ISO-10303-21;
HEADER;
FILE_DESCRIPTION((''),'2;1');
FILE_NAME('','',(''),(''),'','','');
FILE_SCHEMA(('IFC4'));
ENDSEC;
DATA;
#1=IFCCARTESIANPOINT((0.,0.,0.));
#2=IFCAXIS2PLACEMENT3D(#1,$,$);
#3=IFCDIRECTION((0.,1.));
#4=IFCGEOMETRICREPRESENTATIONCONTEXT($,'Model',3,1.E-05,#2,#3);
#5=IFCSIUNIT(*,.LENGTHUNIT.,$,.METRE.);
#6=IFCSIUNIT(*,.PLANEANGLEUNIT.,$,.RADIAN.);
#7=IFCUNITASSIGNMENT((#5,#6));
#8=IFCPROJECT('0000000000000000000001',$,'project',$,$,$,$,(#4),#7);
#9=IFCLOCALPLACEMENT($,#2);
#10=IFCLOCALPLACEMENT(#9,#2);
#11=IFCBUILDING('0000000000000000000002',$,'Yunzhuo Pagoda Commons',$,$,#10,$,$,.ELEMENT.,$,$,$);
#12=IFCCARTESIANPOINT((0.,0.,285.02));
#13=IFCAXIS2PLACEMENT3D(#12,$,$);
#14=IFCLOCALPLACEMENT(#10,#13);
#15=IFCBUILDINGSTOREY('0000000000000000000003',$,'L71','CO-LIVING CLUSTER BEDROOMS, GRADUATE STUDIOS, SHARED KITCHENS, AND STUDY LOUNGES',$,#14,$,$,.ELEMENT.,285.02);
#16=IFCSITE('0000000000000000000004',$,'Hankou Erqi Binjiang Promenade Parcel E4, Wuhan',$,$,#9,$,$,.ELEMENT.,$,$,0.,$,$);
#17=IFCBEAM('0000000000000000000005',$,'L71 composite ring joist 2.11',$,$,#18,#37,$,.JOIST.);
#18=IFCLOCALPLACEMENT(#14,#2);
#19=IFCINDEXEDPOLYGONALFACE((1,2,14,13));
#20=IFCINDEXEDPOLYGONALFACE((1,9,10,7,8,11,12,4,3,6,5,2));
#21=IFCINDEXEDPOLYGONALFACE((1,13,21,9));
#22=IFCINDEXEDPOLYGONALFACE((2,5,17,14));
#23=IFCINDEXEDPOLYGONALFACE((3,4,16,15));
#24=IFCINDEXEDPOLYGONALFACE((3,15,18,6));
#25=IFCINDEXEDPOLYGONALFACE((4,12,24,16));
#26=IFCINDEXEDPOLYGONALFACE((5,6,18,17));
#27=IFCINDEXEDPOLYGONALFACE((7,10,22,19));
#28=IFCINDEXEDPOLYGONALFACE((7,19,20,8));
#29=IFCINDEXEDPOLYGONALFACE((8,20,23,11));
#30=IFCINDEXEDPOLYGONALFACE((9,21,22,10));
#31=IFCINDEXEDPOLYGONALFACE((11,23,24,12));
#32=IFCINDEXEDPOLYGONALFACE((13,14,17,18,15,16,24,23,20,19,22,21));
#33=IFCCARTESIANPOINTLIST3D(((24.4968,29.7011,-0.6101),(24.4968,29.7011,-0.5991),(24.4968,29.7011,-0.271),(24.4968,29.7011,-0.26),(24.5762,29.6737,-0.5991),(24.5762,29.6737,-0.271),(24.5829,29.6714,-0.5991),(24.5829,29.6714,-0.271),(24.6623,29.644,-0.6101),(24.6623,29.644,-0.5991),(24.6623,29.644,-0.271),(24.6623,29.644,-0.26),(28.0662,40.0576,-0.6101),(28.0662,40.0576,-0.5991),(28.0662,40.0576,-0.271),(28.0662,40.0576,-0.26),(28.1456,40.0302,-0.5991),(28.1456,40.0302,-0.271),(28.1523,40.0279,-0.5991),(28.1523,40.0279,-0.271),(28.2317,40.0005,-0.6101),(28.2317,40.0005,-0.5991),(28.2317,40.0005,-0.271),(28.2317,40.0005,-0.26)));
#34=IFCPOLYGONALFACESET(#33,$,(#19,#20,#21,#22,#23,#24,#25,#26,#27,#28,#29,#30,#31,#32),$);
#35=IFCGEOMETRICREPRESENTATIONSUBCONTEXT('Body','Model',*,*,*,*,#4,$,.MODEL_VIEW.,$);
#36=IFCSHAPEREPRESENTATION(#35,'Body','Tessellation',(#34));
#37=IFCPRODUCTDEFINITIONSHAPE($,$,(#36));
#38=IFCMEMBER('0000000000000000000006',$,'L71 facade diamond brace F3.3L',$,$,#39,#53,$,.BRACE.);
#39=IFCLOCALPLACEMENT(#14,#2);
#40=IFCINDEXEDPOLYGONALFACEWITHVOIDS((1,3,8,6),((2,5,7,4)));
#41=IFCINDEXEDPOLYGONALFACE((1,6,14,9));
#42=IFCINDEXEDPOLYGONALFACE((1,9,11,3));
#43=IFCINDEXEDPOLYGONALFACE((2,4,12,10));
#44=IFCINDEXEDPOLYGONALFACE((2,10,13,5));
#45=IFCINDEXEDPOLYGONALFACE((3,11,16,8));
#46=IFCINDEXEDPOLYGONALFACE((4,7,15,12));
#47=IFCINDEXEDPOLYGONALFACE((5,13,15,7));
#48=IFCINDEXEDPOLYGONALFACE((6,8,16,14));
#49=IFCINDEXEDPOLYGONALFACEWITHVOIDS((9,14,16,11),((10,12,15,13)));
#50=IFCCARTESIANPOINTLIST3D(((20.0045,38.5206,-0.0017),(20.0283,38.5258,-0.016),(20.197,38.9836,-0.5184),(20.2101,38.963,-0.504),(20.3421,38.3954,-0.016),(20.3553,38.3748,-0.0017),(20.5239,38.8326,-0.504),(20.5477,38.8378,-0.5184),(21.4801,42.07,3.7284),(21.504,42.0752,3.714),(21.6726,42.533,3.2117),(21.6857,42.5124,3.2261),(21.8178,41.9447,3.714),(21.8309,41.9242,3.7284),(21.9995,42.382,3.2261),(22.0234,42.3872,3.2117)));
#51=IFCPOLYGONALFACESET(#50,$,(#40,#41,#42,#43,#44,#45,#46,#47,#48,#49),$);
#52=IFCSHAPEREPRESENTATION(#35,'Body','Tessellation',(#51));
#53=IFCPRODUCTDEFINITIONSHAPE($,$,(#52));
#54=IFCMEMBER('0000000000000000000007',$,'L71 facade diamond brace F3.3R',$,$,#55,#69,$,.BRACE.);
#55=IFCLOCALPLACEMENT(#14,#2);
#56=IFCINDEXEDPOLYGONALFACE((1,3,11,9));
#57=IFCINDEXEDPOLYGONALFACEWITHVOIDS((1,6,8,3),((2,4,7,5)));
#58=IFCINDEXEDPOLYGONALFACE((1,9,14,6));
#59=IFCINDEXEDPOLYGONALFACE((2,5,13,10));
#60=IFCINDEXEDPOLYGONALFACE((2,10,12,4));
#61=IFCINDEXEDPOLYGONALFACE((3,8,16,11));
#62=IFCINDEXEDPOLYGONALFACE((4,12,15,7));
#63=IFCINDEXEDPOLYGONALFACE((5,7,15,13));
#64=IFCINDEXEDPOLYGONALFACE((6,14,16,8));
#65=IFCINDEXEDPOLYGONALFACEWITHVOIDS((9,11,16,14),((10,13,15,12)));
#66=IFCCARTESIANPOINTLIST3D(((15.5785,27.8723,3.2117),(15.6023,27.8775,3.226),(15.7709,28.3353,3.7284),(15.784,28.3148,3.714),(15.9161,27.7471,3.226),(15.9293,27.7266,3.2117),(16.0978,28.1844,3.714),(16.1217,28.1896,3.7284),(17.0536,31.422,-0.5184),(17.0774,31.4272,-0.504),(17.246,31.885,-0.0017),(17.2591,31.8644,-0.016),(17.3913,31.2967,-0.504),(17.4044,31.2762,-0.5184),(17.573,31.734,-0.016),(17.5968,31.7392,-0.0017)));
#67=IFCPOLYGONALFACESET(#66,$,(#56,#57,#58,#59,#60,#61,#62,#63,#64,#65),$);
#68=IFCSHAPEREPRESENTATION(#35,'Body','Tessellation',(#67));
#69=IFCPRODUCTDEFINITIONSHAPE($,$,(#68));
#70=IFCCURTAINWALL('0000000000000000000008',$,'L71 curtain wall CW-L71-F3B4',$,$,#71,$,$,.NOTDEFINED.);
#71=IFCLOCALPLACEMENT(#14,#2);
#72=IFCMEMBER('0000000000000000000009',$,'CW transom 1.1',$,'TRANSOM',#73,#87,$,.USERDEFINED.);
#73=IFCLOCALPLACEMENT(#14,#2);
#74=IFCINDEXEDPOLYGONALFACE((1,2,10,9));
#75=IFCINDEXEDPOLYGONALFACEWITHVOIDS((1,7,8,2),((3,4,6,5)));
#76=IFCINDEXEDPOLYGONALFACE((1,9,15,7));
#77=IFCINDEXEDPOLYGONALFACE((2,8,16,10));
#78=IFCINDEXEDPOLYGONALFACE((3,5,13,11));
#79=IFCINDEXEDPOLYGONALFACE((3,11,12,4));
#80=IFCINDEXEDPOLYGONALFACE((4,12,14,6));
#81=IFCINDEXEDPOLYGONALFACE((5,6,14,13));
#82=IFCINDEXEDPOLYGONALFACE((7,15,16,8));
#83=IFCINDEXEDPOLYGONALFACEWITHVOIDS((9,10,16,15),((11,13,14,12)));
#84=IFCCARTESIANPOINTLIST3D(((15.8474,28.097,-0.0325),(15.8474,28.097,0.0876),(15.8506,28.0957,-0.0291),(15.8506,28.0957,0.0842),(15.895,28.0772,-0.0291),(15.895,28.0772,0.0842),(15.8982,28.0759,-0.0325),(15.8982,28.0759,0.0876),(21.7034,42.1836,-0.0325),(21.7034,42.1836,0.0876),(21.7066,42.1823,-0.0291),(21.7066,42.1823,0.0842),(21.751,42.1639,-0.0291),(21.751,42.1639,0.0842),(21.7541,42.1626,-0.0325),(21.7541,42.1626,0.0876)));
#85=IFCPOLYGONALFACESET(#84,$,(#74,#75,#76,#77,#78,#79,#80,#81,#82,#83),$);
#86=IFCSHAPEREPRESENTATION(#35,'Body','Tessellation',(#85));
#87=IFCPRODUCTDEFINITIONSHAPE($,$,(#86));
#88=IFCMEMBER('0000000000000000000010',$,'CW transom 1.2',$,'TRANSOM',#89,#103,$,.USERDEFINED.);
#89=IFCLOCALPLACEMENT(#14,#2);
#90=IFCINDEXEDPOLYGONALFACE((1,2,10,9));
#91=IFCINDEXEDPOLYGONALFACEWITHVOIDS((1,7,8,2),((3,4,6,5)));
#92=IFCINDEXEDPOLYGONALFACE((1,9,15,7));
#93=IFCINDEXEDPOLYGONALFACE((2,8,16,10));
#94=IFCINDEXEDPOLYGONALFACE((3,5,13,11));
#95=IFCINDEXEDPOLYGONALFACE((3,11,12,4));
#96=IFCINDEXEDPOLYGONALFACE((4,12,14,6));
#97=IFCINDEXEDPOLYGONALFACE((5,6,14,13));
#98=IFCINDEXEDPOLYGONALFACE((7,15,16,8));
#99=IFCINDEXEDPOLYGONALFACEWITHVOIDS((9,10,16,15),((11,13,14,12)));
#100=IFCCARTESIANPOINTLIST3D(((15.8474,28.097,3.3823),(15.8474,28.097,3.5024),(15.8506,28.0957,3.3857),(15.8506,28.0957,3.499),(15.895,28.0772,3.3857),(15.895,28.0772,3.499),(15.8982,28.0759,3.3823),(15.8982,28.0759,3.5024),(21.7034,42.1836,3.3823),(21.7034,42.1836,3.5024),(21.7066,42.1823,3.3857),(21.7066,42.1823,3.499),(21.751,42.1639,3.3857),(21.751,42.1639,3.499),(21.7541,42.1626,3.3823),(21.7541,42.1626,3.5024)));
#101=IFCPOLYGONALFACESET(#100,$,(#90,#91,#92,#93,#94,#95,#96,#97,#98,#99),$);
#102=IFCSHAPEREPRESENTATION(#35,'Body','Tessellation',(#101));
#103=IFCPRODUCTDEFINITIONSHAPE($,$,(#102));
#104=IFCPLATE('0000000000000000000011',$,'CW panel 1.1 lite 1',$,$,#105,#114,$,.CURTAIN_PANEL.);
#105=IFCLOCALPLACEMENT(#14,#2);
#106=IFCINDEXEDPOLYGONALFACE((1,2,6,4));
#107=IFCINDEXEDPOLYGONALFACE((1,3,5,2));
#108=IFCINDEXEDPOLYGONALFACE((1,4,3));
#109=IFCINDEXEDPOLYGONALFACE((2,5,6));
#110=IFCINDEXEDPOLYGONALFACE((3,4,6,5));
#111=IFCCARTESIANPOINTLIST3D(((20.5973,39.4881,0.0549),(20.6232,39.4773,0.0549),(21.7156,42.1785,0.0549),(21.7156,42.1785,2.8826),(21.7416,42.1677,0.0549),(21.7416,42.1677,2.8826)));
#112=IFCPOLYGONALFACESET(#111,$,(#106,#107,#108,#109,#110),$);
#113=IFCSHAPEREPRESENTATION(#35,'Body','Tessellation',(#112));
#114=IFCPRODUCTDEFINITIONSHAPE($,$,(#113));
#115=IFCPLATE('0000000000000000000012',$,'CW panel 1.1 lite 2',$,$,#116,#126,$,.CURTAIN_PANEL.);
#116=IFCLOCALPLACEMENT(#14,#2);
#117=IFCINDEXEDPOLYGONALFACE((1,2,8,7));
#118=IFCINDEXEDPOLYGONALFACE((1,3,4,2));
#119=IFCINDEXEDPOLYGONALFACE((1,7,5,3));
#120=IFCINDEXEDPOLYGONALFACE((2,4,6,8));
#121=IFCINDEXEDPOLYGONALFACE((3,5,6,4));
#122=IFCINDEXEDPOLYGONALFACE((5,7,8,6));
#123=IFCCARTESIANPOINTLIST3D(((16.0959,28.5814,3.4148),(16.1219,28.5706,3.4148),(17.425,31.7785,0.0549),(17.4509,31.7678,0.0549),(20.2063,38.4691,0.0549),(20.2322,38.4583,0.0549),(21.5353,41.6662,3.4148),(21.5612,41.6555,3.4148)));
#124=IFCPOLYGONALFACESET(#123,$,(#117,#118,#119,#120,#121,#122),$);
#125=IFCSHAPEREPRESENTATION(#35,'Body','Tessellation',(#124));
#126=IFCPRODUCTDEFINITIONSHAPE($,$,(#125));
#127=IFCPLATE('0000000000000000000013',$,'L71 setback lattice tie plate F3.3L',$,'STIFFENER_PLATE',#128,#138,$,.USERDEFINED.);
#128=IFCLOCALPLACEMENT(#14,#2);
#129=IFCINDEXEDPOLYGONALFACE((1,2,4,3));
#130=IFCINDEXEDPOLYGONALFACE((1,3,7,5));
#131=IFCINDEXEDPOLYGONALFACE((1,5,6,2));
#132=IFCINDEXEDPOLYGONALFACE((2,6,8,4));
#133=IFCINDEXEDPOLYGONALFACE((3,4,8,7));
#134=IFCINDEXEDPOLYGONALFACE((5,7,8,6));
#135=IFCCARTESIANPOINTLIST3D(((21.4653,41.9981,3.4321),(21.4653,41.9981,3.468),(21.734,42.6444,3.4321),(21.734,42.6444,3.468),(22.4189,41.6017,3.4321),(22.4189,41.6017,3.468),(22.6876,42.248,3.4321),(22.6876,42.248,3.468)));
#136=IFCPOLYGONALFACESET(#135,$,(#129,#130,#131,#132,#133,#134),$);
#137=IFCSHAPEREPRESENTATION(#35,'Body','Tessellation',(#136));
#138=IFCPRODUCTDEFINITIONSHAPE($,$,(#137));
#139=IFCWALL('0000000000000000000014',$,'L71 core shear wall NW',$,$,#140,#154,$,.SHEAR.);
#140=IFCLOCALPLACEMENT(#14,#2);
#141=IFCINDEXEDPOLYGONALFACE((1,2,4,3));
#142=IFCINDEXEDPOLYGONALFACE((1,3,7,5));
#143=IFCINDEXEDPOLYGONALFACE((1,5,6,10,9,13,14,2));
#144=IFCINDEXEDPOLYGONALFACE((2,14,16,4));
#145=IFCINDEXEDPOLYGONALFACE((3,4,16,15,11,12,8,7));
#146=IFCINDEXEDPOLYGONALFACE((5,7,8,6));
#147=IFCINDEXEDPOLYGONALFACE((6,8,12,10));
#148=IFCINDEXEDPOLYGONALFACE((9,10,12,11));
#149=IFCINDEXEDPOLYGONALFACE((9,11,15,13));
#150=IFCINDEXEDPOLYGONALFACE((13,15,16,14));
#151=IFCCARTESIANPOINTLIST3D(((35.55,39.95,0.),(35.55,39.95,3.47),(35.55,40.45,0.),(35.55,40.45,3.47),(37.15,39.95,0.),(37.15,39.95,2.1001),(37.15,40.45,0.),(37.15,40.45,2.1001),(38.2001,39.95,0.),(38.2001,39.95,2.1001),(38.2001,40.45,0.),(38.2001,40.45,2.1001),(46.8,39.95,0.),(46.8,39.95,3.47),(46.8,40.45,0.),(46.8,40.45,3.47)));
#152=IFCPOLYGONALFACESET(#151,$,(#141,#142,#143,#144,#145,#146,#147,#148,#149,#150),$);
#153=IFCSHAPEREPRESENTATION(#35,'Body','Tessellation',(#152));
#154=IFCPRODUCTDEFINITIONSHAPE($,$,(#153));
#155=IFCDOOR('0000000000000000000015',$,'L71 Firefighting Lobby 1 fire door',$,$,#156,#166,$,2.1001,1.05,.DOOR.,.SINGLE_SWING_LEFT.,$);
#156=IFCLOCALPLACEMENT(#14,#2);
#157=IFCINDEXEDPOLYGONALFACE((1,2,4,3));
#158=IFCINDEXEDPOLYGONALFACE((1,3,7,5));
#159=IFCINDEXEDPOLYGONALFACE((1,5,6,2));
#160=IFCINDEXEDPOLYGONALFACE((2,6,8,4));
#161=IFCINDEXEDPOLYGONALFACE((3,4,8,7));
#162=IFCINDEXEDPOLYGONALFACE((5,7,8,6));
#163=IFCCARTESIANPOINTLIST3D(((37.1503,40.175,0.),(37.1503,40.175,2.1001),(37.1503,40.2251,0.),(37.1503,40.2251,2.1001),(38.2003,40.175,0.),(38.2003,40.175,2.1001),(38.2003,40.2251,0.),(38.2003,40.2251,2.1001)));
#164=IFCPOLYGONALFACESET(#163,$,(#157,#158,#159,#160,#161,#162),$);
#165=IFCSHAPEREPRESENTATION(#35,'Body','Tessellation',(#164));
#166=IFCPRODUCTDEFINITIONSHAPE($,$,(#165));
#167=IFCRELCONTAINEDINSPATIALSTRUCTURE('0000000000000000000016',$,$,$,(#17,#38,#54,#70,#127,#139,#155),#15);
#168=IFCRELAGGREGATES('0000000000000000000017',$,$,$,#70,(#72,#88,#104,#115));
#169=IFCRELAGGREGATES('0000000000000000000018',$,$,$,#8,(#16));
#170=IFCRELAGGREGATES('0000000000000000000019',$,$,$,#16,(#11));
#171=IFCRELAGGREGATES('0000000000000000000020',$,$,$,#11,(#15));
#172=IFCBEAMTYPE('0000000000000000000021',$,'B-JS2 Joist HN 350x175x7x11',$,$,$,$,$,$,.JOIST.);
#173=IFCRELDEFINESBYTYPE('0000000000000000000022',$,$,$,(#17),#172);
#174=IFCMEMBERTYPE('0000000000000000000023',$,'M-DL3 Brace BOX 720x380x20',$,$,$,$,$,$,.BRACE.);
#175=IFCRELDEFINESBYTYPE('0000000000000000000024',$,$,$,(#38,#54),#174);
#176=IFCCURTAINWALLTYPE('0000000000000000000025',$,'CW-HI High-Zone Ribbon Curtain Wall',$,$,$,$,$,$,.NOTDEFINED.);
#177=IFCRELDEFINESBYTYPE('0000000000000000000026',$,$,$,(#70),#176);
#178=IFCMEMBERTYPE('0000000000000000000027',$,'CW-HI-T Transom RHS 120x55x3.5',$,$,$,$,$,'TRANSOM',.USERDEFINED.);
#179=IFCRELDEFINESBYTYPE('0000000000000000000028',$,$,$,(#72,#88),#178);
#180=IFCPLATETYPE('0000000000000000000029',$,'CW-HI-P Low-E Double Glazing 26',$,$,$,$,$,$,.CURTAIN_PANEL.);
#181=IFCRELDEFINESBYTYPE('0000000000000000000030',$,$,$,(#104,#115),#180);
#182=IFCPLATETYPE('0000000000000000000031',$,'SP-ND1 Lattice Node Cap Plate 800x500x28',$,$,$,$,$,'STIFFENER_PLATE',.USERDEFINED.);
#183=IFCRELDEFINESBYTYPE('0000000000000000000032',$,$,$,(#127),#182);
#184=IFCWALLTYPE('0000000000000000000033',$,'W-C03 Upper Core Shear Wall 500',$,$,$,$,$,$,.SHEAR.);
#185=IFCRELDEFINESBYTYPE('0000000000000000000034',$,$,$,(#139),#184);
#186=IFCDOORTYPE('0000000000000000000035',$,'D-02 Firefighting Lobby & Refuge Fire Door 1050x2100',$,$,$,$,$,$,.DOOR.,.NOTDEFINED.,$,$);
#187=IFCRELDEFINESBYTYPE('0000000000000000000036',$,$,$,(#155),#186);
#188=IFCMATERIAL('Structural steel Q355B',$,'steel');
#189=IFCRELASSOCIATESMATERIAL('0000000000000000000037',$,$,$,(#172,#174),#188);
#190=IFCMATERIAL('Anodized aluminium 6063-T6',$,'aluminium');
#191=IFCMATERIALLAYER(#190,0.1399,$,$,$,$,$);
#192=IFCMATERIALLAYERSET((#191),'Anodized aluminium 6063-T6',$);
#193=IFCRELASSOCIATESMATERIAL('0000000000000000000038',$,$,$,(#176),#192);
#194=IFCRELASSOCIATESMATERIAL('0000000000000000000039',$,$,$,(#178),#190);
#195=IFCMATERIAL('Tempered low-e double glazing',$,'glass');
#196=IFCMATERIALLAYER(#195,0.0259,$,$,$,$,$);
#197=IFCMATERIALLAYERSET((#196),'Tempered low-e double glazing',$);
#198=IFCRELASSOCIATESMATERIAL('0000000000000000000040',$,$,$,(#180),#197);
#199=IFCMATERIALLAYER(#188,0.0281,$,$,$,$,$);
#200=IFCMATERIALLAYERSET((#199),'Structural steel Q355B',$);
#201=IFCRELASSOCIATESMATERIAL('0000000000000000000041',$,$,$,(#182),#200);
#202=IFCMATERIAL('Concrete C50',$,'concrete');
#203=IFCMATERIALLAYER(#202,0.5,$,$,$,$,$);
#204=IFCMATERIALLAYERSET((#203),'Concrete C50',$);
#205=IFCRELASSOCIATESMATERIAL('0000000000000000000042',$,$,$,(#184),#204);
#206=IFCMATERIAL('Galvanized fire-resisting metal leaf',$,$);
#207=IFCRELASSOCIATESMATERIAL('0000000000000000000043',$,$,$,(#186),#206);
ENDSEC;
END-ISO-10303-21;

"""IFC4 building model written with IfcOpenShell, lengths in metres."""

from ifc_helpers import new_model, si_unit, direction, frame, frame_2d, origin, origin_2d, place, context, subcontext, project, spatial, polyline, rectangle, hollow_rectangle, i_section, outline, extrude, source, transform, mapped, material, layer, layer_set, material_profile, profile_set, type_object, element, fill, aggregate, save


model = new_model("IFC4")

# Units and contexts
model_context = context("Model", 3, precision=1e-05, world=origin(), true_north=direction((0.0, 1.0)))
body_context = subcontext(model_context, "Body", "Model", "MODEL_VIEW")
ifc_project = project(units=[si_unit("LENGTHUNIT", "METRE"), si_unit("PLANEANGLEUNIT", "RADIAN")], contexts=[model_context])

# Site, building, storey
site_placement = place(None, origin())
site = spatial("IfcSite", under=ifc_project, at=site_placement, Name="Hankou Erqi Binjiang Promenade Parcel E4, Wuhan", CompositionType="ELEMENT", RefElevation=0.0)
building_placement = place(site_placement, origin())
building = spatial("IfcBuilding", under=site, at=building_placement, Name="Yunzhuo Pagoda Commons", CompositionType="ELEMENT")
storey_placement = place(building_placement, frame((0.0, 0.0, 285.02)))
storey = spatial("IfcBuildingStorey", under=building, at=storey_placement, Name="L71", Description="CO-LIVING CLUSTER BEDROOMS, GRADUATE STUDIOS, SHARED KITCHENS, AND STUDY LOUNGES", CompositionType="ELEMENT", Elevation=285.02)

# Shared definitions
ifc_material_1 = material(Name="Structural steel Q355B", Category="steel")

# Beam
ifc_material_profile_1 = material_profile(ifc_material_1, i_section(OverallWidth=0.175, OverallDepth=0.3501, WebThickness=0.0071, FlangeThickness=0.011, at=origin_2d()), Name="Structural steel Q355B")
ifc_profile_set_1 = profile_set([ifc_material_profile_1], Name="Structural steel Q355B")
beam_type_1 = type_object("IfcBeamType", Name="B-JS2 Joist HN 350x175x7x11", PredefinedType="JOIST", material=ifc_profile_set_1)
shared_shape_1 = source(origin(), body_context, "Body", "SweptSolid", [
    extrude(i_section(OverallWidth=0.175, OverallDepth=0.3501, WebThickness=0.0071, FlangeThickness=0.011, at=origin_2d()), origin(), (0.0, 0.0, 1.0), 10.9543),
])
beam_1_placement = place(storey_placement, frame((28.1489, 40.0291, -0.4351), z_axis=(-0.32584, -0.945425, 0.0), x_axis=(0.945425, -0.32584, 0.0)))
element("IfcBeam", 1, at=beam_1_placement, inside=storey, type_object=beam_type_1, Name="L71 composite ring joist 2.11", PredefinedType="JOIST", context=body_context, shape_type="MappedRepresentation", body=[
    mapped(shared_shape_1, transform((0.0, 0.0, 0.0), scale=1.0)),
])

# Members
ifc_material_profile_2 = material_profile(ifc_material_1, hollow_rectangle(XDim=0.3799, YDim=0.72, WallThickness=0.02, at=origin_2d()), Name="Structural steel Q355B")
ifc_profile_set_2 = profile_set([ifc_material_profile_2], Name="Structural steel Q355B")
member_type_1 = type_object("IfcMemberType", Name="M-DL3 Brace BOX 720x380x20", PredefinedType="BRACE", material=ifc_profile_set_2)
shared_shape_2 = source(origin(), body_context, "Body", "SweptSolid", [
    extrude(hollow_rectangle(XDim=0.3799, YDim=0.72, WallThickness=0.02, at=origin_2d()), origin(), (0.0, 0.0, 1.0), 5.3562),
])
for number, where, z_axis, x_axis, name in (
    (2, (20.2761, 38.6792, -0.26), (0.275497, 0.662669, 0.696399), (-0.923381, 0.383885, 0.0), "L71 facade diamond brace F3.3L"),
    (3, (17.3252, 31.5806, -0.26), (-0.275404, -0.662711, 0.696396), (0.923435, -0.383754, 0.0), "L71 facade diamond brace F3.3R"),
):
    element("IfcMember", number, at=place(storey_placement, frame(where, z_axis=z_axis, x_axis=x_axis)), inside=storey, type_object=member_type_1, Name=name, PredefinedType="BRACE", context=body_context, shape_type="MappedRepresentation", body=[
        mapped(shared_shape_2, transform((0.0, 0.0, 0.0), scale=1.0)),
    ])

# Curtain wall, members, plates
ifc_material_2 = material(Name="Anodized aluminium 6063-T6", Category="aluminium")
ifc_layer_1 = layer(ifc_material_2, 0.1399)
ifc_layer_set_1 = layer_set([ifc_layer_1], Name="Anodized aluminium 6063-T6")
curtain_wall_type = type_object("IfcCurtainWallType", Name="CW-HI High-Zone Ribbon Curtain Wall", PredefinedType="NOTDEFINED", material=ifc_layer_set_1)
curtain_wall_placement = place(storey_placement, origin())
curtain_wall = element("IfcCurtainWall", 4, at=curtain_wall_placement, inside=storey, type_object=curtain_wall_type, Name="L71 curtain wall CW-L71-F3B4", PredefinedType="NOTDEFINED")
ifc_material_profile_3 = material_profile(ifc_material_2, hollow_rectangle(XDim=0.0549, YDim=0.1201, WallThickness=0.0034, at=origin_2d()), Name="Anodized aluminium 6063-T6")
ifc_profile_set_3 = profile_set([ifc_material_profile_3], Name="Anodized aluminium 6063-T6")
member_type_2 = type_object("IfcMemberType", Name="CW-HI-T Transom RHS 120x55x3.5", ElementType="TRANSOM", PredefinedType="USERDEFINED", material=ifc_profile_set_3)
shared_shape_3 = source(origin(), body_context, "Body", "SweptSolid", [
    extrude(hollow_rectangle(XDim=0.0549, YDim=0.1201, WallThickness=0.0034, at=origin_2d()), origin(), (0.0, 0.0, 1.0), 15.2554),
])
member_1_placement = place(storey_placement, frame((21.7288, 42.1731, 0.0276), z_axis=(-0.383862, -0.923391, 0.0), x_axis=(0.923391, -0.383862, 0.0)))
member_1 = element("IfcMember", 5, at=member_1_placement, type_object=member_type_2, Name="CW transom 1.1", ObjectType="TRANSOM", PredefinedType="USERDEFINED", context=body_context, shape_type="MappedRepresentation", body=[
    mapped(shared_shape_3, transform((0.0, 0.0, 0.0), scale=1.0)),
])
member_2_placement = place(storey_placement, frame((21.7288, 42.1731, 3.4424), z_axis=(-0.383862, -0.923391, 0.0), x_axis=(0.923391, -0.383862, 0.0)))
member_2 = element("IfcMember", 6, at=member_2_placement, type_object=member_type_2, Name="CW transom 1.2", ObjectType="TRANSOM", PredefinedType="USERDEFINED", context=body_context, shape_type="MappedRepresentation", body=[
    mapped(shared_shape_3, transform((0.0, 0.0, 0.0), scale=1.0)),
])
ifc_material_3 = material(Name="Tempered low-e double glazing", Category="glass")
ifc_layer_2 = layer(ifc_material_3, 0.0259)
ifc_layer_set_2 = layer_set([ifc_layer_2], Name="Tempered low-e double glazing")
plate_type_1 = type_object("IfcPlateType", Name="CW-HI-P Low-E Double Glazing 26", PredefinedType="CURTAIN_PANEL", material=ifc_layer_set_2)
plate_1_placement = place(storey_placement, frame((21.1824, 40.8225, 1.4688), z_axis=(-0.923394, 0.383855, 0.0), x_axis=(-0.383855, -0.923394, 0.0)))
plate_1 = element("IfcPlate", 7, at=plate_1_placement, type_object=plate_type_1, Name="CW panel 1.1 lite 1", PredefinedType="CURTAIN_PANEL", context=body_context, shape_type="SweptSolid", body=[
    extrude(outline(polyline([(-1.4568, -1.4138), (1.4568, -1.4138), (-1.4568, 1.4138), (-1.4568, -1.4138)])), origin(), (0.0, 0.0, 1.0), 0.0281),
])
plate_2_placement = place(storey_placement, frame((18.8416, 35.113, 1.7349), z_axis=(-0.923394, 0.383855, 0.0), x_axis=(-0.383855, -0.923394, 0.0)))
plate_2 = element("IfcPlate", 8, at=plate_2_placement, type_object=plate_type_1, Name="CW panel 1.1 lite 2", PredefinedType="CURTAIN_PANEL", context=body_context, shape_type="SweptSolid", body=[
    extrude(outline(polyline([(-7.0852, 1.6799), (-3.6228, -1.6799), (3.6228, -1.6799), (7.0852, 1.6799), (-7.0852, 1.6799)])), origin(), (0.0, 0.0, 1.0), 0.0281),
])
aggregate(curtain_wall, [member_1, member_2, plate_1, plate_2])

# Plate
ifc_layer_3 = layer(ifc_material_1, 0.0281)
ifc_layer_set_3 = layer_set([ifc_layer_3], Name="Structural steel Q355B")
plate_type_2 = type_object("IfcPlateType", Name="SP-ND1 Lattice Node Cap Plate 800x500x28", ElementType="STIFFENER_PLATE", PredefinedType="USERDEFINED", material=ifc_layer_set_3)
shared_shape_4 = source(origin(), body_context, "Body", "SweptSolid", [
    extrude(rectangle(XDim=0.7, YDim=1.0327, at=origin_2d()), origin(), (0.0, 0.0, 1.0), 0.0359),
])
plate_3_placement = place(storey_placement, frame((22.0764, 42.123, 3.4321), z_axis=(0.0, 0.0, 1.0), x_axis=(-0.38386, -0.923391, 0.0)))
element("IfcPlate", 9, at=plate_3_placement, inside=storey, type_object=plate_type_2, Name="L71 setback lattice tie plate F3.3L", ObjectType="STIFFENER_PLATE", PredefinedType="USERDEFINED", context=body_context, shape_type="MappedRepresentation", body=[
    mapped(shared_shape_4, transform((0.0, 0.0, 0.0), scale=1.0)),
])

# Wall, opening, door
ifc_material_4 = material(Name="Concrete C50", Category="concrete")
ifc_layer_4 = layer(ifc_material_4, 0.5)
ifc_layer_set_4 = layer_set([ifc_layer_4], Name="Concrete C50")
wall_type_1 = type_object("IfcWallType", Name="W-C03 Upper Core Shear Wall 500", PredefinedType="SHEAR", material=ifc_layer_set_4)
wall_1_placement = place(storey_placement, frame((35.55, 40.2, 0.0), z_axis=(0.0, 0.0, 1.0), x_axis=(1.0, 0.0, 0.0)))
wall_1 = element("IfcWall", 10, at=wall_1_placement, inside=storey, type_object=wall_type_1, Name="L71 core shear wall NW", PredefinedType="SHEAR", context=body_context, shape_type="SweptSolid", body=[
    extrude(rectangle(XDim=11.25, YDim=0.5, at=frame_2d((5.625, 0.0))), origin(), (0.0, 0.0, 1.0), 3.47),
])
opening_1_placement = place(wall_1_placement, frame((1.6001, 0.0, 0.0)))
opening_1 = element("IfcOpeningElement", 11, at=opening_1_placement, cuts=wall_1, PredefinedType="OPENING", context=body_context, shape_type="SweptSolid", body=[
    extrude(rectangle(XDim=1.05, YDim=2.1001, at=frame_2d((0.5249, 1.05))), frame((0.0, 0.26, 0.0), z_axis=(0.0, -1.0, 0.0), x_axis=(1.0, 0.0, 0.0)), (0.0, 0.0, 1.0), 0.52),
])
ifc_material_5 = material(Name="Galvanized fire-resisting metal leaf")
door_type_1 = type_object("IfcDoorType", Name="D-02 Firefighting Lobby & Refuge Fire Door 1050x2100", OperationType="NOTDEFINED", PredefinedType="DOOR", material=ifc_material_5)
shared_shape_5 = source(origin(), body_context, "Body", "SweptSolid", [
    extrude(rectangle(XDim=1.05, YDim=2.1001, at=frame_2d((0.5249, 1.05))), frame((0.0, 0.0249, 0.0), z_axis=(0.0, -1.0, 0.0), x_axis=(1.0, 0.0, 0.0)), (0.0, 0.0, 1.0), 0.05),
])
door_1_placement = place(opening_1_placement, frame((1.05, 0.0, 0.0), z_axis=(0.0, 0.0, 1.0), x_axis=(-1.0, 0.0, 0.0)))
door_1 = element("IfcDoor", 12, at=door_1_placement, inside=storey, type_object=door_type_1, Name="L71 Firefighting Lobby 1 fire door", OperationType="SINGLE_SWING_LEFT", OverallHeight=2.1001, OverallWidth=1.05, PredefinedType="DOOR", context=body_context, shape_type="MappedRepresentation", body=[
    mapped(shared_shape_5, transform((0.0, 0.0, 0.0), scale=1.0)),
])
fill(opening_1, door_1)

save(model, "model.ifc")
